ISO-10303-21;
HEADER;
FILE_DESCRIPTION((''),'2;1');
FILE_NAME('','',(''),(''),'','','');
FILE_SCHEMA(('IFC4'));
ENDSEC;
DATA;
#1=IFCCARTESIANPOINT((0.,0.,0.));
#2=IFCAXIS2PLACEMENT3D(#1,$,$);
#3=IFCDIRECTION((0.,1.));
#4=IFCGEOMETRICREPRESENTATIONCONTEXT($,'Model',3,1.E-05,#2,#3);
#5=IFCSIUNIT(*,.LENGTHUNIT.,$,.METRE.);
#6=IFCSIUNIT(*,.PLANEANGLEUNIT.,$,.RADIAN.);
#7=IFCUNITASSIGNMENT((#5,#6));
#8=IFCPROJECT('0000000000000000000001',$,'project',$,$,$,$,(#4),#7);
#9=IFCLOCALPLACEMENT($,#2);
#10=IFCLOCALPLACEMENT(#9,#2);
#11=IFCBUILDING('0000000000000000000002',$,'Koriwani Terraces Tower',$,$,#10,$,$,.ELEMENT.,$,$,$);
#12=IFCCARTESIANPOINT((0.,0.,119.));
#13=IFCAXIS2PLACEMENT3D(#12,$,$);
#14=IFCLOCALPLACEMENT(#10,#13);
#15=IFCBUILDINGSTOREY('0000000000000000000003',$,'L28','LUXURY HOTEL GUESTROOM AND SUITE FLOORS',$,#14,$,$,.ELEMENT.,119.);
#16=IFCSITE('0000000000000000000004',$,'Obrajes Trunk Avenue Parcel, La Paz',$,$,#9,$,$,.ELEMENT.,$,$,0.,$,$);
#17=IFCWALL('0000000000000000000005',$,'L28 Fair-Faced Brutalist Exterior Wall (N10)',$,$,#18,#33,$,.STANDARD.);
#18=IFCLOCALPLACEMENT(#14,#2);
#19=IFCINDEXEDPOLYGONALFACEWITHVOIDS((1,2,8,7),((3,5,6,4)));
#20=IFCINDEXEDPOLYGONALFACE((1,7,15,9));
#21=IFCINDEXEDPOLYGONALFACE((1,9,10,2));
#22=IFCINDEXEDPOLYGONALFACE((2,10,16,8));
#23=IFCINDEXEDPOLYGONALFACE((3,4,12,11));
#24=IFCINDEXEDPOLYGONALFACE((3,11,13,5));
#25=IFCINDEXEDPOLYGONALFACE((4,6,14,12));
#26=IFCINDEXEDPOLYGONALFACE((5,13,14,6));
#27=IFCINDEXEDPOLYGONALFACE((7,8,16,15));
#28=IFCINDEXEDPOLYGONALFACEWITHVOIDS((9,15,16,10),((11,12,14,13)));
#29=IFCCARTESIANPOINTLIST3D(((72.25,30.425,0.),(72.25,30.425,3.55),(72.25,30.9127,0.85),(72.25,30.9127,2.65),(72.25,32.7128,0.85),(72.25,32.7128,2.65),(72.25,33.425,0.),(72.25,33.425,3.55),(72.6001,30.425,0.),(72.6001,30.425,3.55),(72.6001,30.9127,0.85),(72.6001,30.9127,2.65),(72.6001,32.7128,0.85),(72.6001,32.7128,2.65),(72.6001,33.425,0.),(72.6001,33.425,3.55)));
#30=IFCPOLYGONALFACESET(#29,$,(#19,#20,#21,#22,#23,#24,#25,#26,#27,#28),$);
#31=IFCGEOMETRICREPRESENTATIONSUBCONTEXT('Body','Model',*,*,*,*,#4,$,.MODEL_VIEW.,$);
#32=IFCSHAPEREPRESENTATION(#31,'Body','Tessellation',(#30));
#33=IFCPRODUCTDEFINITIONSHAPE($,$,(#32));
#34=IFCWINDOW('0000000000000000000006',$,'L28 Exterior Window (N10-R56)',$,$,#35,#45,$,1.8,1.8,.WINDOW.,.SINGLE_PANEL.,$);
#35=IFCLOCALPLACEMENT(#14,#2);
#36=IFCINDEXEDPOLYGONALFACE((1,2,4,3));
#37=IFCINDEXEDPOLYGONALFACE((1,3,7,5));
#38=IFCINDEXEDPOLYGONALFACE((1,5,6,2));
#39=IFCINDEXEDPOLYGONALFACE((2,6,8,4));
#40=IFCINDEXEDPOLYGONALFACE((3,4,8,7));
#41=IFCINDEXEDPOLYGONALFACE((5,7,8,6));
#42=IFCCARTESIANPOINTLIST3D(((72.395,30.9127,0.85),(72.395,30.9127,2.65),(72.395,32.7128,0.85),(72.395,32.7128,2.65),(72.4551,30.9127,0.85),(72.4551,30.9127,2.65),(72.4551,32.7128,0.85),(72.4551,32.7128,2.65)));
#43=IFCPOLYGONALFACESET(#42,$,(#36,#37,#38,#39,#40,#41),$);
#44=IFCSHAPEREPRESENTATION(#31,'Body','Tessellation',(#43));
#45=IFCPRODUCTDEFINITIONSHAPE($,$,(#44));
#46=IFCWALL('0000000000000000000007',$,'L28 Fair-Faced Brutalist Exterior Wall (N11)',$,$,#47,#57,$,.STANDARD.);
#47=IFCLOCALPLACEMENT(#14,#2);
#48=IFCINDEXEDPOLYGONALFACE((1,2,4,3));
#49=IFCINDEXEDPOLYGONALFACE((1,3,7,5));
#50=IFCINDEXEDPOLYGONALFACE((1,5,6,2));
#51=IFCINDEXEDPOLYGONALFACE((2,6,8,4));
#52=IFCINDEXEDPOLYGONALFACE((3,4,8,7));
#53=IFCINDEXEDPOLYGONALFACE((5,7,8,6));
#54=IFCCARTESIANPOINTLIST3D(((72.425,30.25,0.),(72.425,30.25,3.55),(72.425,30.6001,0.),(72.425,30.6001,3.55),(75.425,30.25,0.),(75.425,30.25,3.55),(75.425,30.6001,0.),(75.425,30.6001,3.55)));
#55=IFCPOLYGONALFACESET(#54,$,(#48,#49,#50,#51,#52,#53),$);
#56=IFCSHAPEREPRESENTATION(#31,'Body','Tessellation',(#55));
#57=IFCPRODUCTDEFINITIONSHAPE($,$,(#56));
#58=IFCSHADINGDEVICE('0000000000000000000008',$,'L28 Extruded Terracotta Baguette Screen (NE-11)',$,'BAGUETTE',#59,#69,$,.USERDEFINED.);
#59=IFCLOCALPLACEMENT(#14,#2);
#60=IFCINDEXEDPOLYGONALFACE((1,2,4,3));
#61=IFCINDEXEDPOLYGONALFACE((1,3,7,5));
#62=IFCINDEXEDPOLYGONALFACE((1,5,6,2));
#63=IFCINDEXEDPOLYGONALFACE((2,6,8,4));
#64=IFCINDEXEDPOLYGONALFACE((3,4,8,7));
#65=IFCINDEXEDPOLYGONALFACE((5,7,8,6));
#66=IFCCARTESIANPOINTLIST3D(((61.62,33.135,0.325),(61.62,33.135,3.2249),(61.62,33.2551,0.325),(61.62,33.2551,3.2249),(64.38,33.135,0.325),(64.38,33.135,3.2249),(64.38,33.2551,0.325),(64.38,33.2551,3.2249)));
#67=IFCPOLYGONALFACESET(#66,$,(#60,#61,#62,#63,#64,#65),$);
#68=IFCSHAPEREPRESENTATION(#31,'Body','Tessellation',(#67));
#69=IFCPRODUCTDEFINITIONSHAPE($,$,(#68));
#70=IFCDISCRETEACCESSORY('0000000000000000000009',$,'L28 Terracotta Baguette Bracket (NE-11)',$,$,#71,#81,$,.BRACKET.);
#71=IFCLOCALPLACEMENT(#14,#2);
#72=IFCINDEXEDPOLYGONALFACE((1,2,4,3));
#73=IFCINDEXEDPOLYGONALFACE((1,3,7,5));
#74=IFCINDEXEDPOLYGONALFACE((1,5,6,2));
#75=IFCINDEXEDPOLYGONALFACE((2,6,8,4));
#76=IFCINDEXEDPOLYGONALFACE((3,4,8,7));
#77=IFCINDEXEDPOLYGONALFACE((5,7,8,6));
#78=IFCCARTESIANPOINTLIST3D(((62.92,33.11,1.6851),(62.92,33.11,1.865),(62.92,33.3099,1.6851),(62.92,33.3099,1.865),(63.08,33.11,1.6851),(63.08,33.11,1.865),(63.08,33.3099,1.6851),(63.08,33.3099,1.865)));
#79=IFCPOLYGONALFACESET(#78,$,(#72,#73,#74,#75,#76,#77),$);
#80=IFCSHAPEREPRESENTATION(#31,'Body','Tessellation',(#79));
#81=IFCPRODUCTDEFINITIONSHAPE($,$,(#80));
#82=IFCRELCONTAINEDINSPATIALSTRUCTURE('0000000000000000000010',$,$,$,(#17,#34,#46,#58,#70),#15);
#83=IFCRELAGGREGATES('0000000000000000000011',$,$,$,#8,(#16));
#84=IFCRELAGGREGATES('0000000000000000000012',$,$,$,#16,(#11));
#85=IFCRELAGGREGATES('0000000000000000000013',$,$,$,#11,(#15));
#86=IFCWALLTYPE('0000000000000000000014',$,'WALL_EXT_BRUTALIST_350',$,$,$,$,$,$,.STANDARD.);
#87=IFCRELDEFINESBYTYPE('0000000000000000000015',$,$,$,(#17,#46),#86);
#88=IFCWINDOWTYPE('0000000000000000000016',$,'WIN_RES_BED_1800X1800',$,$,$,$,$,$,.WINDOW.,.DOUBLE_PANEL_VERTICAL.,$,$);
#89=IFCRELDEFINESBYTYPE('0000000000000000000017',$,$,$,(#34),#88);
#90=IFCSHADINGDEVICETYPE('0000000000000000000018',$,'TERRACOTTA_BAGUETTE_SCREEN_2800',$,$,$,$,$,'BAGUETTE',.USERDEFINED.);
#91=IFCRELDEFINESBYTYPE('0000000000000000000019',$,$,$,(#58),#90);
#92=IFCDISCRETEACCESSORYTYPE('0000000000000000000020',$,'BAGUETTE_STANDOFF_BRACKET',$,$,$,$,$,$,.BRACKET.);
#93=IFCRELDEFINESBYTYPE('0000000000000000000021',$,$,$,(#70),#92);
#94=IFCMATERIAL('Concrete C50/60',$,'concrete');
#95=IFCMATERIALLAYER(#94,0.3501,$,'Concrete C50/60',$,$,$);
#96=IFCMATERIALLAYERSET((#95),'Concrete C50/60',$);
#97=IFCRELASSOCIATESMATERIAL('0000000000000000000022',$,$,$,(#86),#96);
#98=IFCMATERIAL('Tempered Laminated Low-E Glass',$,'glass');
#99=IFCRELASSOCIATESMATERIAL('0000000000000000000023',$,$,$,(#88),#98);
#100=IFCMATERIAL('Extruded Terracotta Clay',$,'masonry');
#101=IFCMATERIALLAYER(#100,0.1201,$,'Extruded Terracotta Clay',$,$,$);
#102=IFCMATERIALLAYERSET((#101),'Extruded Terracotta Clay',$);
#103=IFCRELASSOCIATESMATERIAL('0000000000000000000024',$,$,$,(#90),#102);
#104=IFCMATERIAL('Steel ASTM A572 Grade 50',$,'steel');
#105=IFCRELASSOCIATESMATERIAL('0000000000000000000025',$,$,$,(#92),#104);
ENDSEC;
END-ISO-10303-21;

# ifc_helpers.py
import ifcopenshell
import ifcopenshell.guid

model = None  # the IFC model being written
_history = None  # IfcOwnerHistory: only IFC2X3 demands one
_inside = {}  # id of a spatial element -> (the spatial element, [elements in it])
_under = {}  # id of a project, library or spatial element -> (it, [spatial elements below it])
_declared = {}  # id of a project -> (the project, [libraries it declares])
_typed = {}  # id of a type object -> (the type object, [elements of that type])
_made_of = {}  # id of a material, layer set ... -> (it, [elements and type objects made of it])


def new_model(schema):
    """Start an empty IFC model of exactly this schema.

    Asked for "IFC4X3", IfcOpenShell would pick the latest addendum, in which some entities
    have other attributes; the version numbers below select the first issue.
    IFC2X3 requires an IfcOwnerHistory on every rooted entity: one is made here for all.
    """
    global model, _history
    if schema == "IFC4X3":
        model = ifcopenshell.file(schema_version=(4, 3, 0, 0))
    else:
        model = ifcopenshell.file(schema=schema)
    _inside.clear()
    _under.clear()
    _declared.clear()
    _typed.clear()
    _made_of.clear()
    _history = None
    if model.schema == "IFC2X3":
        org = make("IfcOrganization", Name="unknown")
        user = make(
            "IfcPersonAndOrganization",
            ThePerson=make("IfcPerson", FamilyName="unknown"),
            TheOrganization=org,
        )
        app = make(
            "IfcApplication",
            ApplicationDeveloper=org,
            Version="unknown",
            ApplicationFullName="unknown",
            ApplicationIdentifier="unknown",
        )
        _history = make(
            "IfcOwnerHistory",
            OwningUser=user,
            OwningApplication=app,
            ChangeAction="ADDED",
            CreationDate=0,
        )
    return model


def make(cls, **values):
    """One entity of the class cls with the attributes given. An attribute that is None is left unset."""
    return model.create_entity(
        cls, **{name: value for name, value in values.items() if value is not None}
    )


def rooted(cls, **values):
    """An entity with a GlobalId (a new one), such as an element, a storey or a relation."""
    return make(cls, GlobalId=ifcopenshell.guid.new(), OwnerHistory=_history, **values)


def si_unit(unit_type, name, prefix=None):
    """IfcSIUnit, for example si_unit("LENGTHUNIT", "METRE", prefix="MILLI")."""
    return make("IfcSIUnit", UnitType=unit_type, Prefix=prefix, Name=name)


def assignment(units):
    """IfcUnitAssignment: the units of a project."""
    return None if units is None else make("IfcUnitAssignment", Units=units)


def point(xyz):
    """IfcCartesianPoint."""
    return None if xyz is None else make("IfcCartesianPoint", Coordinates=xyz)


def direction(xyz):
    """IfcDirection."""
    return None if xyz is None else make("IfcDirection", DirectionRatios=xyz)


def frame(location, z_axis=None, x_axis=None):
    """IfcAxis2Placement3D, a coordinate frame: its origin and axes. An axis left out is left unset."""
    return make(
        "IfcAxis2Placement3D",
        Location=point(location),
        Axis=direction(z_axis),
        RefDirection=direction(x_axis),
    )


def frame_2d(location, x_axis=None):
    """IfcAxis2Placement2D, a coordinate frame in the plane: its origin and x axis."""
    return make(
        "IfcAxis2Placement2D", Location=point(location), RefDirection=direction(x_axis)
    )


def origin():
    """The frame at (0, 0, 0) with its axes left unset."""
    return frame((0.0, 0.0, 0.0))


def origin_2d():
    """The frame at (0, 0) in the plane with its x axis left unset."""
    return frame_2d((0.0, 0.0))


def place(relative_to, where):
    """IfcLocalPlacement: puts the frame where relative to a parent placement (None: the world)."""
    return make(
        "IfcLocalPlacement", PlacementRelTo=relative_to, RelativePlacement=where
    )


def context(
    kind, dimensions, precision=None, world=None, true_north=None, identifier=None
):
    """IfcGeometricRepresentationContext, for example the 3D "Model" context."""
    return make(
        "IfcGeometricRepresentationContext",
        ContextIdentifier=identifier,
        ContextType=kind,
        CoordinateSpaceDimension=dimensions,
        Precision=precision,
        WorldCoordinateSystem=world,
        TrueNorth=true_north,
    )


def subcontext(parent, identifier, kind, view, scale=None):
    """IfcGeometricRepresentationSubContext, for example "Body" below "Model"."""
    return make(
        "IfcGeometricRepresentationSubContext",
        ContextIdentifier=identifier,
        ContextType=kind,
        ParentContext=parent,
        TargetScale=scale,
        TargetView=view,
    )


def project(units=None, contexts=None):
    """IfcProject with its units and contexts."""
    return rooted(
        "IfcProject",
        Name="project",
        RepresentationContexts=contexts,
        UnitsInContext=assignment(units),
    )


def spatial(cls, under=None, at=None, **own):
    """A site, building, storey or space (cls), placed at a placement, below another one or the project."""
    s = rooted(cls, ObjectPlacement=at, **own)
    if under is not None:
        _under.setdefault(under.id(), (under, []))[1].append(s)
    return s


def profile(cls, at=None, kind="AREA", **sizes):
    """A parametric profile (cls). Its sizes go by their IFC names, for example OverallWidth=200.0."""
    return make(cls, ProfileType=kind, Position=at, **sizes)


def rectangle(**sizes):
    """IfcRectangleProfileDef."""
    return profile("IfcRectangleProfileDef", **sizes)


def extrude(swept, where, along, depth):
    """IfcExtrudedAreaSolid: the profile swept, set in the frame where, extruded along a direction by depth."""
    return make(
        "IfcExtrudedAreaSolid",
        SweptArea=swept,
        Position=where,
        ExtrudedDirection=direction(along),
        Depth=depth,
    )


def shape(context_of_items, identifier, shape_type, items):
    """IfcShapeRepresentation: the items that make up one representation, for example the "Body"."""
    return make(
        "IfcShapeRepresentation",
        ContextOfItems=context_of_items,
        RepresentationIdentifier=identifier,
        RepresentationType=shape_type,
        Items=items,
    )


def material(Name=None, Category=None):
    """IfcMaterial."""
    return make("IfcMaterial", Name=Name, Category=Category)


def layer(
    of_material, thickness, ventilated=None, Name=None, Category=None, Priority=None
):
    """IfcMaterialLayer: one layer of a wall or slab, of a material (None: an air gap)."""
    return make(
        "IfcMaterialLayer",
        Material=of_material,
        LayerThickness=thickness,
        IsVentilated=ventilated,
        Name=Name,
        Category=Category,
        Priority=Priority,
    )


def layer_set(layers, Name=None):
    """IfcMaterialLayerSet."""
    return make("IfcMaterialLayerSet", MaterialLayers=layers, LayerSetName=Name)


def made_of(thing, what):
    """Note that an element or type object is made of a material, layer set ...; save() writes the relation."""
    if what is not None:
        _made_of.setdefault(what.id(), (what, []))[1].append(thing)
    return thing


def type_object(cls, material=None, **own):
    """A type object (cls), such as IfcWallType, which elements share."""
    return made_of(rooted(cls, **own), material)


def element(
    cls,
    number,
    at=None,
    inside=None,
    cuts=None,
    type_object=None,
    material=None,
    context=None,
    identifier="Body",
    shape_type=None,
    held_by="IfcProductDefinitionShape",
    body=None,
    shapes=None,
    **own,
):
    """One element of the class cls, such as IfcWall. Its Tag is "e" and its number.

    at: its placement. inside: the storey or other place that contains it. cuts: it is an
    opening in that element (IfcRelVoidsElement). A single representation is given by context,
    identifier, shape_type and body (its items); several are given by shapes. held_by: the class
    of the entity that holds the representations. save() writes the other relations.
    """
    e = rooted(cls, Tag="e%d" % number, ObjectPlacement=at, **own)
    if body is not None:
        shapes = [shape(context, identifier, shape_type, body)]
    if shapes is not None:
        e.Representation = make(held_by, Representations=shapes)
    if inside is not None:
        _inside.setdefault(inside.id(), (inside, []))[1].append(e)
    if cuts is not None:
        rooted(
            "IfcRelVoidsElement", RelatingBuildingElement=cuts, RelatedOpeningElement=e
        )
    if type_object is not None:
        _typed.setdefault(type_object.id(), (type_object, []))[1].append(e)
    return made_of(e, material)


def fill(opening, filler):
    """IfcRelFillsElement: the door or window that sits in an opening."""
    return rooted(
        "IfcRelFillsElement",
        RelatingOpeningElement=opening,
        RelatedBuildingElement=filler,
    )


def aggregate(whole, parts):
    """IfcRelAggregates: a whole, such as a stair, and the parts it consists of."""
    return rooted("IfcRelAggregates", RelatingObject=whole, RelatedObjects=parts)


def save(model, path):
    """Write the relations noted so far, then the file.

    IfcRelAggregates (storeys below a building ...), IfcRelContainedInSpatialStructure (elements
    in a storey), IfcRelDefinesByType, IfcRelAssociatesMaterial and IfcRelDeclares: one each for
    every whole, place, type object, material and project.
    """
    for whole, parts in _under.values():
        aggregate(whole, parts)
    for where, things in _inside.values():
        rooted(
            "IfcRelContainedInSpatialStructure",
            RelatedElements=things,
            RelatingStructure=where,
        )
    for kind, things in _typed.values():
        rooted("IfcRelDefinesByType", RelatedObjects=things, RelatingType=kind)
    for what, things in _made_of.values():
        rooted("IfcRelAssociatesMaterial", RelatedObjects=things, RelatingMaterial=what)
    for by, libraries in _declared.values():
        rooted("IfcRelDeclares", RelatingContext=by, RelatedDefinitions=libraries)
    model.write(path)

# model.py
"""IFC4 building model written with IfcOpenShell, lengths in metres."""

from ifc_helpers import new_model, si_unit, direction, frame, frame_2d, origin, origin_2d, place, context, subcontext, project, spatial, rectangle, extrude, material, layer, layer_set, type_object, element, fill, save


model = new_model("IFC4")

# Units and contexts
model_context = context("Model", 3, precision=1e-05, world=origin(), true_north=direction((0.0, 1.0)))
body_context = subcontext(model_context, "Body", "Model", "MODEL_VIEW")
ifc_project = project(units=[si_unit("LENGTHUNIT", "METRE"), si_unit("PLANEANGLEUNIT", "RADIAN")], contexts=[model_context])

# Site, building, storey
site_placement = place(None, origin())
site = spatial("IfcSite", under=ifc_project, at=site_placement, Name="Obrajes Trunk Avenue Parcel, La Paz", CompositionType="ELEMENT", RefElevation=0.0)
building_placement = place(site_placement, origin())
building = spatial("IfcBuilding", under=site, at=building_placement, Name="Koriwani Terraces Tower", CompositionType="ELEMENT")
storey_placement = place(building_placement, frame((0.0, 0.0, 119.0)))
storey = spatial("IfcBuildingStorey", under=building, at=storey_placement, Name="L28", Description="LUXURY HOTEL GUESTROOM AND SUITE FLOORS", CompositionType="ELEMENT", Elevation=119.0)

# Shared definitions
ifc_material_1 = material(Name="Concrete C50/60", Category="concrete")

# Shared definitions
ifc_material_2 = material(Name="Steel ASTM A572 Grade 50", Category="steel")

# Shared definitions
ifc_material_3 = material(Name="Tempered Laminated Low-E Glass", Category="glass")

# Wall, opening, window
ifc_layer_1 = layer(ifc_material_1, 0.3501, Name="Concrete C50/60")
ifc_layer_set_1 = layer_set([ifc_layer_1], Name="Concrete C50/60")
wall_type_1 = type_object("IfcWallType", Name="WALL_EXT_BRUTALIST_350", PredefinedType="STANDARD", material=ifc_layer_set_1)
wall_1_placement = place(storey_placement, frame((72.425, 33.425, 0.0), z_axis=(0.0, 0.0, 1.0), x_axis=(0.0, -1.0, 0.0)))
wall_1 = element("IfcWall", 1, at=wall_1_placement, inside=storey, type_object=wall_type_1, Name="L28 Fair-Faced Brutalist Exterior Wall (N10)", PredefinedType="STANDARD", context=body_context, shape_type="SweptSolid", body=[
    extrude(rectangle(XDim=3.0, YDim=0.3501, at=frame_2d((1.5, 0.0))), origin(), (0.0, 0.0, 1.0), 3.55),
])
opening_1_placement = place(wall_1_placement, frame((0.7124, 0.0, 0.8501)))
opening_1 = element("IfcOpeningElement", 2, at=opening_1_placement, cuts=wall_1, PredefinedType="OPENING", context=body_context, shape_type="SweptSolid", body=[
    extrude(rectangle(XDim=1.8, YDim=1.8, at=frame_2d((0.8999, 0.8999))), frame((0.0, 0.1851, 0.0), z_axis=(0.0, -1.0, 0.0), x_axis=(1.0, 0.0, 0.0)), (0.0, 0.0, 1.0), 0.3701),
])
window_type = type_object("IfcWindowType", Name="WIN_RES_BED_1800X1800", PartitioningType="DOUBLE_PANEL_VERTICAL", PredefinedType="WINDOW", material=ifc_material_3)
window_placement = place(opening_1_placement, origin())
window = element("IfcWindow", 3, at=window_placement, inside=storey, type_object=window_type, Name="L28 Exterior Window (N10-R56)", OverallHeight=1.8, OverallWidth=1.8, PartitioningType="SINGLE_PANEL", PredefinedType="WINDOW", context=body_context, shape_type="SweptSolid", body=[
    extrude(rectangle(XDim=1.8, YDim=1.8, at=frame_2d((0.8999, 0.8999))), frame((0.0, 0.03, 0.0), z_axis=(0.0, -1.0, 0.0), x_axis=(1.0, 0.0, 0.0)), (0.0, 0.0, 1.0), 0.0601),
])
fill(opening_1, window)

# Wall
wall_2_placement = place(storey_placement, frame((72.425, 30.425, 0.0), z_axis=(0.0, 0.0, 1.0), x_axis=(1.0, 0.0, 0.0)))
element("IfcWall", 4, at=wall_2_placement, inside=storey, type_object=wall_type_1, Name="L28 Fair-Faced Brutalist Exterior Wall (N11)", PredefinedType="STANDARD", context=body_context, shape_type="SweptSolid", body=[
    extrude(rectangle(XDim=3.0, YDim=0.3501, at=frame_2d((1.5, 0.0))), origin(), (0.0, 0.0, 1.0), 3.55),
])

# Shading device
ifc_material_4 = material(Name="Extruded Terracotta Clay", Category="masonry")
ifc_layer_2 = layer(ifc_material_4, 0.1201, Name="Extruded Terracotta Clay")
ifc_layer_set_2 = layer_set([ifc_layer_2], Name="Extruded Terracotta Clay")
shading_device_type = type_object("IfcShadingDeviceType", Name="TERRACOTTA_BAGUETTE_SCREEN_2800", ElementType="BAGUETTE", PredefinedType="USERDEFINED", material=ifc_layer_set_2)
shading_device_placement = place(storey_placement, frame((63.0, 33.1951, 0.325), z_axis=(0.0, 0.0, 1.0), x_axis=(1.0, 0.0, 0.0)))
element("IfcShadingDevice", 5, at=shading_device_placement, inside=storey, type_object=shading_device_type, Name="L28 Extruded Terracotta Baguette Screen (NE-11)", ObjectType="BAGUETTE", PredefinedType="USERDEFINED", context=body_context, shape_type="SweptSolid", body=[
    extrude(rectangle(XDim=2.76, YDim=0.1201, at=origin_2d()), origin(), (0.0, 0.0, 1.0), 2.8999),
])

# Discrete accessory
discrete_accessory_type = type_object("IfcDiscreteAccessoryType", Name="BAGUETTE_STANDOFF_BRACKET", PredefinedType="BRACKET", material=ifc_material_2)
discrete_accessory_placement = place(storey_placement, frame((63.0, 33.21, 1.6851), z_axis=(0.0, 0.0, 1.0), x_axis=(1.0, 0.0, 0.0)))
element("IfcDiscreteAccessory", 6, at=discrete_accessory_placement, inside=storey, type_object=discrete_accessory_type, Name="L28 Terracotta Baguette Bracket (NE-11)", PredefinedType="BRACKET", context=body_context, shape_type="SweptSolid", body=[
    extrude(rectangle(XDim=0.1599, YDim=0.2, at=origin_2d()), origin(), (0.0, 0.0, 1.0), 0.1799),
])

save(model, "model.ifc")
